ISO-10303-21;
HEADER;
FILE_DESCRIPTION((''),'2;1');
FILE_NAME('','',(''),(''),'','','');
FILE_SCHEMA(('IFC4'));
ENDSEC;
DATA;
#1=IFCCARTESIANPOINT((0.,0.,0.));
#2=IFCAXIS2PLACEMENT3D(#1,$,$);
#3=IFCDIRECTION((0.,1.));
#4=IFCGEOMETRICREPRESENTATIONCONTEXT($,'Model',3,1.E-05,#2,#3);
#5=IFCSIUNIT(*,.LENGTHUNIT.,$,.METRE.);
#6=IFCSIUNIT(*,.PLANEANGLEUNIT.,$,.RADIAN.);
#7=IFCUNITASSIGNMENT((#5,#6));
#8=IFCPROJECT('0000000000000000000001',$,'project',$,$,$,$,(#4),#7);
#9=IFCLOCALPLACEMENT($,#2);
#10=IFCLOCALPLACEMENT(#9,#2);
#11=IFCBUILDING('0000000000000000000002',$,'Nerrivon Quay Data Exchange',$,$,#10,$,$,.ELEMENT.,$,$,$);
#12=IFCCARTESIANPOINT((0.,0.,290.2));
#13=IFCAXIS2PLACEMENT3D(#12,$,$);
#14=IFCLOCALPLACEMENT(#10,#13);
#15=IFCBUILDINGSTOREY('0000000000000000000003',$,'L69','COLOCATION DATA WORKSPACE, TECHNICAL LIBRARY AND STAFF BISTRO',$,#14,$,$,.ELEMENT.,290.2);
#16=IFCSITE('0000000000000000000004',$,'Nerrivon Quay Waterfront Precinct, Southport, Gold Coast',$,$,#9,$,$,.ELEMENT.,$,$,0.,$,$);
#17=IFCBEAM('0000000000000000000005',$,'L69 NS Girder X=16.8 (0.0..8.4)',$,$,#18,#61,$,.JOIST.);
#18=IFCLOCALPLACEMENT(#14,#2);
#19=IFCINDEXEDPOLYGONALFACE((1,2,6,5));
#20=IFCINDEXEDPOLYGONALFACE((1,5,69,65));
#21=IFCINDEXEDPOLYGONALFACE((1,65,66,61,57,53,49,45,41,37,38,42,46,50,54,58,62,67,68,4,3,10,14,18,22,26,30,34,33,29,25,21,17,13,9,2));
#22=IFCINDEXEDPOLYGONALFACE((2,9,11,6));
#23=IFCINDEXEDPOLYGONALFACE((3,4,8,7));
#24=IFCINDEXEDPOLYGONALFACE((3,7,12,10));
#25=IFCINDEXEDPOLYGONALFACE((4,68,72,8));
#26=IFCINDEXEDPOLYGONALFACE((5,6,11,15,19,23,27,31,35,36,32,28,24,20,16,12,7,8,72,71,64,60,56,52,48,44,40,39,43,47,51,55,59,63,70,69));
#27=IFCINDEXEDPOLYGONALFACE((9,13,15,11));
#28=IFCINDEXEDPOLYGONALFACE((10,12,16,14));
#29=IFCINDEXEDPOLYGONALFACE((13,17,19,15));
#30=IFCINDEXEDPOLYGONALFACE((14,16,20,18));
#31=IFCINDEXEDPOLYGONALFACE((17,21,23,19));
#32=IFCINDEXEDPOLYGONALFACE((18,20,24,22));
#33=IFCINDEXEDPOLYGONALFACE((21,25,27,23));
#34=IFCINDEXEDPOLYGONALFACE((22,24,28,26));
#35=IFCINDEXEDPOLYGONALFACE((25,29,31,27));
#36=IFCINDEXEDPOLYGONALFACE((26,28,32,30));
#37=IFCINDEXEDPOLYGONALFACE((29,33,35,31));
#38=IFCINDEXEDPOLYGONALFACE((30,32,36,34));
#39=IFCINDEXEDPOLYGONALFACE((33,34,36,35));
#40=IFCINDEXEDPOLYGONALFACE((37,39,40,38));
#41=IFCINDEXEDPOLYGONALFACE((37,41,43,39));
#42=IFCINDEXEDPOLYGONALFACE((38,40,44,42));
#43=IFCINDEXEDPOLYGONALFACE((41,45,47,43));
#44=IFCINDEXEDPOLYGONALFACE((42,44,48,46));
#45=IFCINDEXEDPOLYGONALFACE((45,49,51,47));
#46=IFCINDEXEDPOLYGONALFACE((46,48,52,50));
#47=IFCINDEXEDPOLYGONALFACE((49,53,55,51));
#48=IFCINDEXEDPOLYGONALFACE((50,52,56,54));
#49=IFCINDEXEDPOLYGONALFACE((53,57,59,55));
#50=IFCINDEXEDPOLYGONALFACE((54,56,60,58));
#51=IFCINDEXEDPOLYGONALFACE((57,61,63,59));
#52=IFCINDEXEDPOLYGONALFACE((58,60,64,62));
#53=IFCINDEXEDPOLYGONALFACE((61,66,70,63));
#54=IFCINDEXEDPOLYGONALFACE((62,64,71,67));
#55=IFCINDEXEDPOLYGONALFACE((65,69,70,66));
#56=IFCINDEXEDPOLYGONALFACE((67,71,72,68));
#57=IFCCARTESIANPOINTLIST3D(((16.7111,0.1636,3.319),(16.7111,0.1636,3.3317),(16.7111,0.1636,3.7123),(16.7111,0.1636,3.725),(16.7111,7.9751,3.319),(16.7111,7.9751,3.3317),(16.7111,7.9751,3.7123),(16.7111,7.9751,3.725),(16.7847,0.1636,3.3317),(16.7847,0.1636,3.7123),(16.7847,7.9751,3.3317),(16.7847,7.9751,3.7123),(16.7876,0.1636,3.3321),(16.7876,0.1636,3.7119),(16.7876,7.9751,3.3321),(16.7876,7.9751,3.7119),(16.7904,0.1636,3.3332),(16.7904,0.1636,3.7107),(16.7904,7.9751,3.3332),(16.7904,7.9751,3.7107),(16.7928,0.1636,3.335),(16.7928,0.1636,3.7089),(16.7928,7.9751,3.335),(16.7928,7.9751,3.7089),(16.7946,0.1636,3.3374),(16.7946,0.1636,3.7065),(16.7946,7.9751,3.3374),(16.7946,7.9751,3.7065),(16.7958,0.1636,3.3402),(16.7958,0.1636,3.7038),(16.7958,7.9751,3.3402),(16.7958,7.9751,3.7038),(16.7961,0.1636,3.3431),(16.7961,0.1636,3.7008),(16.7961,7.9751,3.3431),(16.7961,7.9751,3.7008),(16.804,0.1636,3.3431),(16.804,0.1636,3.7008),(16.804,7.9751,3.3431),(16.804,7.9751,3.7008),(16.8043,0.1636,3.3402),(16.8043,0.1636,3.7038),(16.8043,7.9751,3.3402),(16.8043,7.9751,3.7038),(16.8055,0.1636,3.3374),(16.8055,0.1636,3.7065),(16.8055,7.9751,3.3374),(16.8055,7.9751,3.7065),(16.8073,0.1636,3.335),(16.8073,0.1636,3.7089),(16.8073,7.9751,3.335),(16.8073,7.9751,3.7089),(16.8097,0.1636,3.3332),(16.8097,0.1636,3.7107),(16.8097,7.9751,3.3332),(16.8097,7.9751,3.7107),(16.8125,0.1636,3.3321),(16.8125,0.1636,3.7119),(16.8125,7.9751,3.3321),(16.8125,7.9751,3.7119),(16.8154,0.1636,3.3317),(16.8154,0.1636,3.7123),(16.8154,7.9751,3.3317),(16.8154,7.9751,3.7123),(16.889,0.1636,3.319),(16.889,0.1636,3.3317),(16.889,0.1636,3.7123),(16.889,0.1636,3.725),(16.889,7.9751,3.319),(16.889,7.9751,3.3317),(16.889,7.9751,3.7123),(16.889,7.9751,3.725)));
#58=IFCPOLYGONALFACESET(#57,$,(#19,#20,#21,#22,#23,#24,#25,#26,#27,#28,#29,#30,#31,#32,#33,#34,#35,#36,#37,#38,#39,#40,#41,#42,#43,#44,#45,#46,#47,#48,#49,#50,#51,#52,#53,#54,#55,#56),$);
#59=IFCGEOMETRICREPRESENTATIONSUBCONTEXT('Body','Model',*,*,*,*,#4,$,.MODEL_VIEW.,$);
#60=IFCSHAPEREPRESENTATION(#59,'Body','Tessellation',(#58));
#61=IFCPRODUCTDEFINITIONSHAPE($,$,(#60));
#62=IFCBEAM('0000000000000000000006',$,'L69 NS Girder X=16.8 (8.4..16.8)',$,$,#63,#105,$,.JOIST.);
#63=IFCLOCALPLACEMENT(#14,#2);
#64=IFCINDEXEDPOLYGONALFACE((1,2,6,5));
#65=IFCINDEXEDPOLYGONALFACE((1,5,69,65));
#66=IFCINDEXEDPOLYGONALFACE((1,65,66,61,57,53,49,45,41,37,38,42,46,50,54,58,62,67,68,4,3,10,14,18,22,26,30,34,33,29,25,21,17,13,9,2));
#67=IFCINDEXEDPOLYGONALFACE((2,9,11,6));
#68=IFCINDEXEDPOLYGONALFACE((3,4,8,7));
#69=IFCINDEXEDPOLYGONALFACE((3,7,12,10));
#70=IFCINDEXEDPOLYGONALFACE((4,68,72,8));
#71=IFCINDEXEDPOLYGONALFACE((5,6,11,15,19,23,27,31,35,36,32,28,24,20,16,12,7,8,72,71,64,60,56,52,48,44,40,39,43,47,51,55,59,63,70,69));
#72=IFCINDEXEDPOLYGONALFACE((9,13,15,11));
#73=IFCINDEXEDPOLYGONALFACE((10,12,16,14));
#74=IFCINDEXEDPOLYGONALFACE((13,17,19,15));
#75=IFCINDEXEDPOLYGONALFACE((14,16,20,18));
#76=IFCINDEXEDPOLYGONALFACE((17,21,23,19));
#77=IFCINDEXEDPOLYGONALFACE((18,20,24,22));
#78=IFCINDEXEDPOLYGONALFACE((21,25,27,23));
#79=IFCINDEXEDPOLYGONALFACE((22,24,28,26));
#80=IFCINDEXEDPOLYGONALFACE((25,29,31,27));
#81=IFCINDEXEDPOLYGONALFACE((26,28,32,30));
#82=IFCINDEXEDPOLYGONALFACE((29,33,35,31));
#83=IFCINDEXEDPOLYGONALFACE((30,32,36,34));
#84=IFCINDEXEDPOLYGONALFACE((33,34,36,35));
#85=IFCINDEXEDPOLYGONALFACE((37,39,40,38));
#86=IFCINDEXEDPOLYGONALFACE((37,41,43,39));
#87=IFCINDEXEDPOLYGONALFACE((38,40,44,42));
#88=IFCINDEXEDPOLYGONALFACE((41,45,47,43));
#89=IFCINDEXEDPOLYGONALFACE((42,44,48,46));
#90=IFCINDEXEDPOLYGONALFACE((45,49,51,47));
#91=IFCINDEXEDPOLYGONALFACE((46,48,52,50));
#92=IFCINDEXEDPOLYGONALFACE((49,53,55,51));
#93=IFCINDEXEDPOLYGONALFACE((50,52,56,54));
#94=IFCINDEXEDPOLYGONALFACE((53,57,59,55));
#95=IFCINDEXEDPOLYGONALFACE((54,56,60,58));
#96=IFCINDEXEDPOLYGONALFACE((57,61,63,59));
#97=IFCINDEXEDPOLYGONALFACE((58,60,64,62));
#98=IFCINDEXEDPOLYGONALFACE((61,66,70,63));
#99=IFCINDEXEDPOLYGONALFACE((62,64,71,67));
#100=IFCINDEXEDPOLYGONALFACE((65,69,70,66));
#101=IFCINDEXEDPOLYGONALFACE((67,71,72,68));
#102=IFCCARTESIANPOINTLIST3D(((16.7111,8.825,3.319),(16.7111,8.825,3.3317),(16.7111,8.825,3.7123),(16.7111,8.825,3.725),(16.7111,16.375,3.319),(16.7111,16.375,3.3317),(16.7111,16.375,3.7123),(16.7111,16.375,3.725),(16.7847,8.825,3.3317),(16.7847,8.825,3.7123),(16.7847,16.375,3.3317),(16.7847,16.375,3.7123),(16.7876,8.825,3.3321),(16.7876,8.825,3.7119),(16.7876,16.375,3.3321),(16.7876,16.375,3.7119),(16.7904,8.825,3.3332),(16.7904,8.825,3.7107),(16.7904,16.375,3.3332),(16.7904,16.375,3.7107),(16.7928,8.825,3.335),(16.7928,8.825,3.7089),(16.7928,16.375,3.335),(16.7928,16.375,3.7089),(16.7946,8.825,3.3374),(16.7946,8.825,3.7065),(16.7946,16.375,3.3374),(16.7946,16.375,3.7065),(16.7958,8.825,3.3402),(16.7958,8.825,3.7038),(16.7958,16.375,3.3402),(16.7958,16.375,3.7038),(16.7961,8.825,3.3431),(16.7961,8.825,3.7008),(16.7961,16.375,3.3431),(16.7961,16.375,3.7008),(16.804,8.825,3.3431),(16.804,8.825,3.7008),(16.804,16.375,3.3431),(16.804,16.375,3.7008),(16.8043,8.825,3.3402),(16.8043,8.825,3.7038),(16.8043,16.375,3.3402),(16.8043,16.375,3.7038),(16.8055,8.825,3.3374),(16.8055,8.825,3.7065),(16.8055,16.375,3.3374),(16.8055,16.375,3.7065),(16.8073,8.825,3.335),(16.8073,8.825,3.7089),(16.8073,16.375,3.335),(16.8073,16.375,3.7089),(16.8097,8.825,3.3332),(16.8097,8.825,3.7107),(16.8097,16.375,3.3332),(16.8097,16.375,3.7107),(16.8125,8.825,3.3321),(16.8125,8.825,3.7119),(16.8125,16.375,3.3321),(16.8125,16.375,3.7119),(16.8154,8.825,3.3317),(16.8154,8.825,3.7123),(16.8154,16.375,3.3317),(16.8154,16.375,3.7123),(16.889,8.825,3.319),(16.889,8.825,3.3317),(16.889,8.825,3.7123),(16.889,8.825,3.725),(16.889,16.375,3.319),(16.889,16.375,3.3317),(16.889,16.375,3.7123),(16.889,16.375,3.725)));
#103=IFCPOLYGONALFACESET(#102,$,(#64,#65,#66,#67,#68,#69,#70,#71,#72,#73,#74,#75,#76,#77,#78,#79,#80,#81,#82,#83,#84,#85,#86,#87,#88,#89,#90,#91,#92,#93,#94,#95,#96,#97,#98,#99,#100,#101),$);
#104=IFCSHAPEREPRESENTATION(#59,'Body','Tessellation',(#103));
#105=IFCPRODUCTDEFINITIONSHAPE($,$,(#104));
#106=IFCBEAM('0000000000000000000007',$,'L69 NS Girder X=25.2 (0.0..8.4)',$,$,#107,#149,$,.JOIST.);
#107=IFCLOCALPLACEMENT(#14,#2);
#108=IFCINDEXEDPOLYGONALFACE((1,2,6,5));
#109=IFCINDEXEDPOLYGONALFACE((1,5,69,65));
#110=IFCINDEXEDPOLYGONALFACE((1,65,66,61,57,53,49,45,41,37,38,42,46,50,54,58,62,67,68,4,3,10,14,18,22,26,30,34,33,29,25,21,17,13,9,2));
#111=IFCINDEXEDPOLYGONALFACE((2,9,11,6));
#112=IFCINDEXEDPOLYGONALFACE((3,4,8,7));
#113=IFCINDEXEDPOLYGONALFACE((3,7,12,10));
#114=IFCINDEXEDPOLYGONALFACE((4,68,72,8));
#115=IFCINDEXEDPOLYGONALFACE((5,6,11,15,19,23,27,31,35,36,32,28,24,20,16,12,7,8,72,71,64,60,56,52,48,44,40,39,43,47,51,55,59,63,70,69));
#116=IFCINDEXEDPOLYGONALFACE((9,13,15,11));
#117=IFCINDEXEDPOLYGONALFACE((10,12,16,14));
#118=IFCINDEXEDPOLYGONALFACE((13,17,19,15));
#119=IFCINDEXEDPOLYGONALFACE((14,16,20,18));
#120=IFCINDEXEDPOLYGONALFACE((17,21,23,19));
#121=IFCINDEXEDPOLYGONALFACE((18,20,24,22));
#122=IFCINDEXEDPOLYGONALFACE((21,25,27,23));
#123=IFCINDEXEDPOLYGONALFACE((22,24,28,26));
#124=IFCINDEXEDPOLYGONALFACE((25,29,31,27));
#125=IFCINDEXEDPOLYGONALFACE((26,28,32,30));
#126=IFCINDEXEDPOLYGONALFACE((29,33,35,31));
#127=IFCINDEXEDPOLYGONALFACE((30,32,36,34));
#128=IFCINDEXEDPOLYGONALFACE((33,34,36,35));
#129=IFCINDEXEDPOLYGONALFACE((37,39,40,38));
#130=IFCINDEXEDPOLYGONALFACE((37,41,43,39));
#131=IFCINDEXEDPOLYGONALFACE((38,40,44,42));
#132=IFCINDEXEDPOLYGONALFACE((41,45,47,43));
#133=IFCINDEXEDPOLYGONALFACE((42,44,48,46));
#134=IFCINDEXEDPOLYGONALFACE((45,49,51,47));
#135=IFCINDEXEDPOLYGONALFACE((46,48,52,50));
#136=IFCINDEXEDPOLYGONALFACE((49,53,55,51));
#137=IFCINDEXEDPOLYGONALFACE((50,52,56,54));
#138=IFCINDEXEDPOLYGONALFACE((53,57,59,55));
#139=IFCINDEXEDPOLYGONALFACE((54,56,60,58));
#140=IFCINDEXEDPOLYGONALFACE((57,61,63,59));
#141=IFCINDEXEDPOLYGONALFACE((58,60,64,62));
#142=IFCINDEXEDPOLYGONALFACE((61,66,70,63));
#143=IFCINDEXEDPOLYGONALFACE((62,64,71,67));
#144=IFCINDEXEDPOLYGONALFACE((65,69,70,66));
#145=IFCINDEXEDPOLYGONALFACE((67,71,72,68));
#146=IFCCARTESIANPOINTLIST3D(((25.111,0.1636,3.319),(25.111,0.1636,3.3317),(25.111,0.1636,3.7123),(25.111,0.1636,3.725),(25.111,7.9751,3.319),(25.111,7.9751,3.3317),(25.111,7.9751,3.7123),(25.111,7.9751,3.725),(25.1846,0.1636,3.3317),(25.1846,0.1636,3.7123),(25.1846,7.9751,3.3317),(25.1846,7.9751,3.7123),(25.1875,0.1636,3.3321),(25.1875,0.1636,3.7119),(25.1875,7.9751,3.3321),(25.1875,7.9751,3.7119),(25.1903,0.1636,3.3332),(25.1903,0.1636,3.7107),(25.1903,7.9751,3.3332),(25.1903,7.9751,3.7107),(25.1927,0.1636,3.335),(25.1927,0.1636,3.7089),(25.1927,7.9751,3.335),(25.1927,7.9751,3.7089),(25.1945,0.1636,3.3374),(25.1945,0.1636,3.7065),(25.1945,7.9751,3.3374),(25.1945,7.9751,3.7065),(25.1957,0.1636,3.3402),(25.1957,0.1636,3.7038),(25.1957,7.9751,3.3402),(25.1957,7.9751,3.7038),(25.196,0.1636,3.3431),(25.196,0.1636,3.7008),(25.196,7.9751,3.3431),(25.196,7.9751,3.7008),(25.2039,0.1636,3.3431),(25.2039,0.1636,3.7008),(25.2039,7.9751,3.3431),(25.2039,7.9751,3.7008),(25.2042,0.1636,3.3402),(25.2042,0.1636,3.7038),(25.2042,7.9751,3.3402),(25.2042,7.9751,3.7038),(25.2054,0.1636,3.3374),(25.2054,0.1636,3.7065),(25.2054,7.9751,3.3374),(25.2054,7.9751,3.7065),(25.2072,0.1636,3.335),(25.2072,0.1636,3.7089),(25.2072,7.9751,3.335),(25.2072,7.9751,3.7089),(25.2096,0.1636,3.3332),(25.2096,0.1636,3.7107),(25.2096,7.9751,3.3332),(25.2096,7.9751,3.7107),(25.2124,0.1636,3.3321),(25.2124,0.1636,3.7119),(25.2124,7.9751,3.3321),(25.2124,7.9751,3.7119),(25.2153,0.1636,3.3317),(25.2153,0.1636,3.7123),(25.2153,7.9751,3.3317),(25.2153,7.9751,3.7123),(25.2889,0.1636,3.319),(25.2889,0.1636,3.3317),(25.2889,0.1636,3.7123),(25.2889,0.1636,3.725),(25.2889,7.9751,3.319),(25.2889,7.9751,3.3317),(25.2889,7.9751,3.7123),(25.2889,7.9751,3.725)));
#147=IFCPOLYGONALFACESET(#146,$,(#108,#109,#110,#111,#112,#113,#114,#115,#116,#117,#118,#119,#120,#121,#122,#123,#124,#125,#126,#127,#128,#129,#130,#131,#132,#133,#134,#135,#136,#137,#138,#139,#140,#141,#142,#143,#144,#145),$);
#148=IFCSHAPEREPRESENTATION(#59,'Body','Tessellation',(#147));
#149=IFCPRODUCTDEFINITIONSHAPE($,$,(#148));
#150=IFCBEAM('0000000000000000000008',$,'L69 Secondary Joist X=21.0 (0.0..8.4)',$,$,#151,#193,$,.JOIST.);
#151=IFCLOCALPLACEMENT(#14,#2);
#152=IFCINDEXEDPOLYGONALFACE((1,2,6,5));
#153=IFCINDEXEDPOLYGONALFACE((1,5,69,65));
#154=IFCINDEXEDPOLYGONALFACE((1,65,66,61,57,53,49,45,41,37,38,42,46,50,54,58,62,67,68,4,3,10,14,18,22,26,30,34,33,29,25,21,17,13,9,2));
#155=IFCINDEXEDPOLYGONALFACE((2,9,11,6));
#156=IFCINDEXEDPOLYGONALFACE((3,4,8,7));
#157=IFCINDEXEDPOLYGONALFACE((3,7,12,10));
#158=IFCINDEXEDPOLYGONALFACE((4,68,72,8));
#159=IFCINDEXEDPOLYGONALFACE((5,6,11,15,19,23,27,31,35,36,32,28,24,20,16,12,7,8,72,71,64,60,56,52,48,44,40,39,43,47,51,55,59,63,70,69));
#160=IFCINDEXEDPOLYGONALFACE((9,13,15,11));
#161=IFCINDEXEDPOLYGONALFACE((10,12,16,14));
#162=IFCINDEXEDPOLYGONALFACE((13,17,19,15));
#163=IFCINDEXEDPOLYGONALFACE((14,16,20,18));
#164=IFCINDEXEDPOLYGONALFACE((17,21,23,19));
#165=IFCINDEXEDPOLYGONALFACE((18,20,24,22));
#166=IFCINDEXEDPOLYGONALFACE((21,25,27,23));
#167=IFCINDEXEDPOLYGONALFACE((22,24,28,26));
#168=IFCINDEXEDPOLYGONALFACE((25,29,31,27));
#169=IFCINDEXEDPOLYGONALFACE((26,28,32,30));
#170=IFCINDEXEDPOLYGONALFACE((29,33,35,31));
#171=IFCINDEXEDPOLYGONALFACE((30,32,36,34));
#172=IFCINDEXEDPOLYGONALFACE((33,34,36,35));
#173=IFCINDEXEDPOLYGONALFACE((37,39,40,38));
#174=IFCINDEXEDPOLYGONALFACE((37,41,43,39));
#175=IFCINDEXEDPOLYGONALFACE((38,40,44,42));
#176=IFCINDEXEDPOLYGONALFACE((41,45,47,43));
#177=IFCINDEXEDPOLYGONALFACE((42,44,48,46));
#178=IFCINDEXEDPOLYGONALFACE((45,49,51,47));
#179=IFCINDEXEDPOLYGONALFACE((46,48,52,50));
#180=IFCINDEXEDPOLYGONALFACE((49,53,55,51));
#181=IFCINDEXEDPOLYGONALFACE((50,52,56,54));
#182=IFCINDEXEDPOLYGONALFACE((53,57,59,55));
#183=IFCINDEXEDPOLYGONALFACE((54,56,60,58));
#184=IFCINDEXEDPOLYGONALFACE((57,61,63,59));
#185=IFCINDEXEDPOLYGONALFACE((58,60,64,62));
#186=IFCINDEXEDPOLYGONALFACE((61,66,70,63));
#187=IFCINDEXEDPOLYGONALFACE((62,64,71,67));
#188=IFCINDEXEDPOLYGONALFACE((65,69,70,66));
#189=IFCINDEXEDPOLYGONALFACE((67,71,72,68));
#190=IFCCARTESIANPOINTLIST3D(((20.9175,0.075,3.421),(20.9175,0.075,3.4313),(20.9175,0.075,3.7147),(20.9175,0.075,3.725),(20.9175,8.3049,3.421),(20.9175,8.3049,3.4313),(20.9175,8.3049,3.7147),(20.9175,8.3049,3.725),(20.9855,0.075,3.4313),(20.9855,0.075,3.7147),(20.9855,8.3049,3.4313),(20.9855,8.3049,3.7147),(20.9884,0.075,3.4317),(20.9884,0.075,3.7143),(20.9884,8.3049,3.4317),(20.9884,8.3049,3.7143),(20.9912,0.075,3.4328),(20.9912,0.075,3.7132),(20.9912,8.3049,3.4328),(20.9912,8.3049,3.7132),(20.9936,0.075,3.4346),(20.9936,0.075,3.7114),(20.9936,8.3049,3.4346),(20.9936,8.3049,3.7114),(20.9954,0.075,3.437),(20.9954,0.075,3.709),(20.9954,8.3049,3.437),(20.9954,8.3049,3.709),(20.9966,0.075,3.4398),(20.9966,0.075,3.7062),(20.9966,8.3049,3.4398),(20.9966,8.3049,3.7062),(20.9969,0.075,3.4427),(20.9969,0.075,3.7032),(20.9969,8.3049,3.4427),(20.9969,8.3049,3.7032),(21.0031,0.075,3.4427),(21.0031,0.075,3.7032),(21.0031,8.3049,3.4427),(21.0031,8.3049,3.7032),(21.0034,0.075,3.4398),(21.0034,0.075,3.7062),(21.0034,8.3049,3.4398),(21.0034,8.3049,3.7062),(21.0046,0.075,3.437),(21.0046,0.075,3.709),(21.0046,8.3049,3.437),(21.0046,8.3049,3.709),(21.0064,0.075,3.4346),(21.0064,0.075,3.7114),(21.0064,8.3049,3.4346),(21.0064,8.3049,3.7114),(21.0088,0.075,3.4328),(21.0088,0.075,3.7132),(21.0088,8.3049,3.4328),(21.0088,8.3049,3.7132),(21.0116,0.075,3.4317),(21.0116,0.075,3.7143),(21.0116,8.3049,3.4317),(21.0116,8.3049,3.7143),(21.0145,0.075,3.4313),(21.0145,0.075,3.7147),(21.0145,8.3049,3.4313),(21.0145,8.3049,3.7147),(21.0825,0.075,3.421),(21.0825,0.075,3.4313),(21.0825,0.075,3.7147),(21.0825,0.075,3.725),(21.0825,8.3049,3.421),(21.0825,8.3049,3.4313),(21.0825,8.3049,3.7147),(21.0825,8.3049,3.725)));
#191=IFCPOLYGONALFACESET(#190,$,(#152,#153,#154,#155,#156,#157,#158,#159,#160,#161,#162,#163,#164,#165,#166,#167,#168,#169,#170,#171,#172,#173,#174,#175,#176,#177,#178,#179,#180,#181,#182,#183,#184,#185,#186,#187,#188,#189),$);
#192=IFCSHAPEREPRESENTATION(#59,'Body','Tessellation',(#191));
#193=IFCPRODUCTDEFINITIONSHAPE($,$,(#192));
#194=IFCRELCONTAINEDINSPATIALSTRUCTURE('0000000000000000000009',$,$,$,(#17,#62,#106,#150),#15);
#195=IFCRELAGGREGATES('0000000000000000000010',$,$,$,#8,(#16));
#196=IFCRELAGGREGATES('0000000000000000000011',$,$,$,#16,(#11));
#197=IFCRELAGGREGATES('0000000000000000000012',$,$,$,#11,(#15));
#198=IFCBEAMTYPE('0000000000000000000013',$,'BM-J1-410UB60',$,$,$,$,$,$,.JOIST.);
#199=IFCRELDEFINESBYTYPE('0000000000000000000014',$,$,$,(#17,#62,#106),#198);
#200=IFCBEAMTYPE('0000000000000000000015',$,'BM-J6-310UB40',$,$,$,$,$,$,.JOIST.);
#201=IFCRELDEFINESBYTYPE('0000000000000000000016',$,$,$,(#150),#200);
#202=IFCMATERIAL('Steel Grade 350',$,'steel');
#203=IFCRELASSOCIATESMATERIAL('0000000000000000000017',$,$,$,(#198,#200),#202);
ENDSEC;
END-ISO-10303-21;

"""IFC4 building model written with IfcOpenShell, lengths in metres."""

from ifc_helpers import new_model, si_unit, direction, frame, origin, origin_2d, place, context, subcontext, project, spatial, i_section, extrude, material, material_profile, profile_set, type_object, element, save


model = new_model("IFC4")

# Units and contexts
model_context = context("Model", 3, precision=1e-05, world=origin(), true_north=direction((0.0, 1.0)))
body_context = subcontext(model_context, "Body", "Model", "MODEL_VIEW")
ifc_project = project(units=[si_unit("LENGTHUNIT", "METRE"), si_unit("PLANEANGLEUNIT", "RADIAN")], contexts=[model_context])

# Site, building, storey
site_placement = place(None, origin())
site = spatial("IfcSite", under=ifc_project, at=site_placement, Name="Nerrivon Quay Waterfront Precinct, Southport, Gold Coast", CompositionType="ELEMENT", RefElevation=0.0)
building_placement = place(site_placement, origin())
building = spatial("IfcBuilding", under=site, at=building_placement, Name="Nerrivon Quay Data Exchange", CompositionType="ELEMENT")
storey_placement = place(building_placement, frame((0.0, 0.0, 290.2)))
storey = spatial("IfcBuildingStorey", under=building, at=storey_placement, Name="L69", Description="COLOCATION DATA WORKSPACE, TECHNICAL LIBRARY AND STAFF BISTRO", CompositionType="ELEMENT", Elevation=290.2)

# Shared definitions
ifc_material_1 = material(Name="Steel Grade 350", Category="steel")

# Beams
ifc_material_profile_1 = material_profile(ifc_material_1, i_section(OverallWidth=0.178, OverallDepth=0.406, WebThickness=0.0078, FlangeThickness=0.0127, FilletRadius=0.0115, at=origin_2d()), Name="410UB59.7")
ifc_profile_set_1 = profile_set([ifc_material_profile_1], Name="Steel Grade 350")
beam_type_1 = type_object("IfcBeamType", Name="BM-J1-410UB60", PredefinedType="JOIST", material=ifc_profile_set_1)
beam_1_placement = place(storey_placement, frame((16.8, 0.1636, 3.522), z_axis=(0.0, 1.0, 0.0), x_axis=(-1.0, 0.0, 0.0)))
element("IfcBeam", 1, at=beam_1_placement, inside=storey, type_object=beam_type_1, Name="L69 NS Girder X=16.8 (0.0..8.4)", PredefinedType="JOIST", context=body_context, shape_type="SweptSolid", body=[
    extrude(i_section(OverallWidth=0.178, OverallDepth=0.406, WebThickness=0.0078, FlangeThickness=0.0127, FilletRadius=0.0115, at=origin_2d()), origin(), (0.0, 0.0, 1.0), 7.8115),
])
beam_2_placement = place(storey_placement, frame((16.8, 8.825, 3.522), z_axis=(0.0, 1.0, 0.0), x_axis=(-1.0, 0.0, 0.0)))
element("IfcBeam", 2, at=beam_2_placement, inside=storey, type_object=beam_type_1, Name="L69 NS Girder X=16.8 (8.4..16.8)", PredefinedType="JOIST", context=body_context, shape_type="SweptSolid", body=[
    extrude(i_section(OverallWidth=0.178, OverallDepth=0.406, WebThickness=0.0078, FlangeThickness=0.0127, FilletRadius=0.0115, at=origin_2d()), origin(), (0.0, 0.0, 1.0), 7.55),
])
beam_3_placement = place(storey_placement, frame((25.2, 0.1636, 3.522), z_axis=(0.0, 1.0, 0.0), x_axis=(-1.0, 0.0, 0.0)))
element("IfcBeam", 3, at=beam_3_placement, inside=storey, type_object=beam_type_1, Name="L69 NS Girder X=25.2 (0.0..8.4)", PredefinedType="JOIST", context=body_context, shape_type="SweptSolid", body=[
    extrude(i_section(OverallWidth=0.178, OverallDepth=0.406, WebThickness=0.0078, FlangeThickness=0.0127, FilletRadius=0.0115, at=origin_2d()), origin(), (0.0, 0.0, 1.0), 7.8115),
])
ifc_material_profile_2 = material_profile(ifc_material_1, i_section(OverallWidth=0.165, OverallDepth=0.304, WebThickness=0.0061, FlangeThickness=0.0103, FilletRadius=0.0115, at=origin_2d()), Name="310UB40.4")
ifc_profile_set_2 = profile_set([ifc_material_profile_2], Name="Steel Grade 350")
beam_type_2 = type_object("IfcBeamType", Name="BM-J6-310UB40", PredefinedType="JOIST", material=ifc_profile_set_2)
beam_4_placement = place(storey_placement, frame((21.0, 0.075, 3.573), z_axis=(0.0, 1.0, 0.0), x_axis=(-1.0, 0.0, 0.0)))
element("IfcBeam", 4, at=beam_4_placement, inside=storey, type_object=beam_type_2, Name="L69 Secondary Joist X=21.0 (0.0..8.4)", PredefinedType="JOIST", context=body_context, shape_type="SweptSolid", body=[
    extrude(i_section(OverallWidth=0.165, OverallDepth=0.304, WebThickness=0.0061, FlangeThickness=0.0103, FilletRadius=0.0115, at=origin_2d()), origin(), (0.0, 0.0, 1.0), 8.23),
])

save(model, "model.ifc")
